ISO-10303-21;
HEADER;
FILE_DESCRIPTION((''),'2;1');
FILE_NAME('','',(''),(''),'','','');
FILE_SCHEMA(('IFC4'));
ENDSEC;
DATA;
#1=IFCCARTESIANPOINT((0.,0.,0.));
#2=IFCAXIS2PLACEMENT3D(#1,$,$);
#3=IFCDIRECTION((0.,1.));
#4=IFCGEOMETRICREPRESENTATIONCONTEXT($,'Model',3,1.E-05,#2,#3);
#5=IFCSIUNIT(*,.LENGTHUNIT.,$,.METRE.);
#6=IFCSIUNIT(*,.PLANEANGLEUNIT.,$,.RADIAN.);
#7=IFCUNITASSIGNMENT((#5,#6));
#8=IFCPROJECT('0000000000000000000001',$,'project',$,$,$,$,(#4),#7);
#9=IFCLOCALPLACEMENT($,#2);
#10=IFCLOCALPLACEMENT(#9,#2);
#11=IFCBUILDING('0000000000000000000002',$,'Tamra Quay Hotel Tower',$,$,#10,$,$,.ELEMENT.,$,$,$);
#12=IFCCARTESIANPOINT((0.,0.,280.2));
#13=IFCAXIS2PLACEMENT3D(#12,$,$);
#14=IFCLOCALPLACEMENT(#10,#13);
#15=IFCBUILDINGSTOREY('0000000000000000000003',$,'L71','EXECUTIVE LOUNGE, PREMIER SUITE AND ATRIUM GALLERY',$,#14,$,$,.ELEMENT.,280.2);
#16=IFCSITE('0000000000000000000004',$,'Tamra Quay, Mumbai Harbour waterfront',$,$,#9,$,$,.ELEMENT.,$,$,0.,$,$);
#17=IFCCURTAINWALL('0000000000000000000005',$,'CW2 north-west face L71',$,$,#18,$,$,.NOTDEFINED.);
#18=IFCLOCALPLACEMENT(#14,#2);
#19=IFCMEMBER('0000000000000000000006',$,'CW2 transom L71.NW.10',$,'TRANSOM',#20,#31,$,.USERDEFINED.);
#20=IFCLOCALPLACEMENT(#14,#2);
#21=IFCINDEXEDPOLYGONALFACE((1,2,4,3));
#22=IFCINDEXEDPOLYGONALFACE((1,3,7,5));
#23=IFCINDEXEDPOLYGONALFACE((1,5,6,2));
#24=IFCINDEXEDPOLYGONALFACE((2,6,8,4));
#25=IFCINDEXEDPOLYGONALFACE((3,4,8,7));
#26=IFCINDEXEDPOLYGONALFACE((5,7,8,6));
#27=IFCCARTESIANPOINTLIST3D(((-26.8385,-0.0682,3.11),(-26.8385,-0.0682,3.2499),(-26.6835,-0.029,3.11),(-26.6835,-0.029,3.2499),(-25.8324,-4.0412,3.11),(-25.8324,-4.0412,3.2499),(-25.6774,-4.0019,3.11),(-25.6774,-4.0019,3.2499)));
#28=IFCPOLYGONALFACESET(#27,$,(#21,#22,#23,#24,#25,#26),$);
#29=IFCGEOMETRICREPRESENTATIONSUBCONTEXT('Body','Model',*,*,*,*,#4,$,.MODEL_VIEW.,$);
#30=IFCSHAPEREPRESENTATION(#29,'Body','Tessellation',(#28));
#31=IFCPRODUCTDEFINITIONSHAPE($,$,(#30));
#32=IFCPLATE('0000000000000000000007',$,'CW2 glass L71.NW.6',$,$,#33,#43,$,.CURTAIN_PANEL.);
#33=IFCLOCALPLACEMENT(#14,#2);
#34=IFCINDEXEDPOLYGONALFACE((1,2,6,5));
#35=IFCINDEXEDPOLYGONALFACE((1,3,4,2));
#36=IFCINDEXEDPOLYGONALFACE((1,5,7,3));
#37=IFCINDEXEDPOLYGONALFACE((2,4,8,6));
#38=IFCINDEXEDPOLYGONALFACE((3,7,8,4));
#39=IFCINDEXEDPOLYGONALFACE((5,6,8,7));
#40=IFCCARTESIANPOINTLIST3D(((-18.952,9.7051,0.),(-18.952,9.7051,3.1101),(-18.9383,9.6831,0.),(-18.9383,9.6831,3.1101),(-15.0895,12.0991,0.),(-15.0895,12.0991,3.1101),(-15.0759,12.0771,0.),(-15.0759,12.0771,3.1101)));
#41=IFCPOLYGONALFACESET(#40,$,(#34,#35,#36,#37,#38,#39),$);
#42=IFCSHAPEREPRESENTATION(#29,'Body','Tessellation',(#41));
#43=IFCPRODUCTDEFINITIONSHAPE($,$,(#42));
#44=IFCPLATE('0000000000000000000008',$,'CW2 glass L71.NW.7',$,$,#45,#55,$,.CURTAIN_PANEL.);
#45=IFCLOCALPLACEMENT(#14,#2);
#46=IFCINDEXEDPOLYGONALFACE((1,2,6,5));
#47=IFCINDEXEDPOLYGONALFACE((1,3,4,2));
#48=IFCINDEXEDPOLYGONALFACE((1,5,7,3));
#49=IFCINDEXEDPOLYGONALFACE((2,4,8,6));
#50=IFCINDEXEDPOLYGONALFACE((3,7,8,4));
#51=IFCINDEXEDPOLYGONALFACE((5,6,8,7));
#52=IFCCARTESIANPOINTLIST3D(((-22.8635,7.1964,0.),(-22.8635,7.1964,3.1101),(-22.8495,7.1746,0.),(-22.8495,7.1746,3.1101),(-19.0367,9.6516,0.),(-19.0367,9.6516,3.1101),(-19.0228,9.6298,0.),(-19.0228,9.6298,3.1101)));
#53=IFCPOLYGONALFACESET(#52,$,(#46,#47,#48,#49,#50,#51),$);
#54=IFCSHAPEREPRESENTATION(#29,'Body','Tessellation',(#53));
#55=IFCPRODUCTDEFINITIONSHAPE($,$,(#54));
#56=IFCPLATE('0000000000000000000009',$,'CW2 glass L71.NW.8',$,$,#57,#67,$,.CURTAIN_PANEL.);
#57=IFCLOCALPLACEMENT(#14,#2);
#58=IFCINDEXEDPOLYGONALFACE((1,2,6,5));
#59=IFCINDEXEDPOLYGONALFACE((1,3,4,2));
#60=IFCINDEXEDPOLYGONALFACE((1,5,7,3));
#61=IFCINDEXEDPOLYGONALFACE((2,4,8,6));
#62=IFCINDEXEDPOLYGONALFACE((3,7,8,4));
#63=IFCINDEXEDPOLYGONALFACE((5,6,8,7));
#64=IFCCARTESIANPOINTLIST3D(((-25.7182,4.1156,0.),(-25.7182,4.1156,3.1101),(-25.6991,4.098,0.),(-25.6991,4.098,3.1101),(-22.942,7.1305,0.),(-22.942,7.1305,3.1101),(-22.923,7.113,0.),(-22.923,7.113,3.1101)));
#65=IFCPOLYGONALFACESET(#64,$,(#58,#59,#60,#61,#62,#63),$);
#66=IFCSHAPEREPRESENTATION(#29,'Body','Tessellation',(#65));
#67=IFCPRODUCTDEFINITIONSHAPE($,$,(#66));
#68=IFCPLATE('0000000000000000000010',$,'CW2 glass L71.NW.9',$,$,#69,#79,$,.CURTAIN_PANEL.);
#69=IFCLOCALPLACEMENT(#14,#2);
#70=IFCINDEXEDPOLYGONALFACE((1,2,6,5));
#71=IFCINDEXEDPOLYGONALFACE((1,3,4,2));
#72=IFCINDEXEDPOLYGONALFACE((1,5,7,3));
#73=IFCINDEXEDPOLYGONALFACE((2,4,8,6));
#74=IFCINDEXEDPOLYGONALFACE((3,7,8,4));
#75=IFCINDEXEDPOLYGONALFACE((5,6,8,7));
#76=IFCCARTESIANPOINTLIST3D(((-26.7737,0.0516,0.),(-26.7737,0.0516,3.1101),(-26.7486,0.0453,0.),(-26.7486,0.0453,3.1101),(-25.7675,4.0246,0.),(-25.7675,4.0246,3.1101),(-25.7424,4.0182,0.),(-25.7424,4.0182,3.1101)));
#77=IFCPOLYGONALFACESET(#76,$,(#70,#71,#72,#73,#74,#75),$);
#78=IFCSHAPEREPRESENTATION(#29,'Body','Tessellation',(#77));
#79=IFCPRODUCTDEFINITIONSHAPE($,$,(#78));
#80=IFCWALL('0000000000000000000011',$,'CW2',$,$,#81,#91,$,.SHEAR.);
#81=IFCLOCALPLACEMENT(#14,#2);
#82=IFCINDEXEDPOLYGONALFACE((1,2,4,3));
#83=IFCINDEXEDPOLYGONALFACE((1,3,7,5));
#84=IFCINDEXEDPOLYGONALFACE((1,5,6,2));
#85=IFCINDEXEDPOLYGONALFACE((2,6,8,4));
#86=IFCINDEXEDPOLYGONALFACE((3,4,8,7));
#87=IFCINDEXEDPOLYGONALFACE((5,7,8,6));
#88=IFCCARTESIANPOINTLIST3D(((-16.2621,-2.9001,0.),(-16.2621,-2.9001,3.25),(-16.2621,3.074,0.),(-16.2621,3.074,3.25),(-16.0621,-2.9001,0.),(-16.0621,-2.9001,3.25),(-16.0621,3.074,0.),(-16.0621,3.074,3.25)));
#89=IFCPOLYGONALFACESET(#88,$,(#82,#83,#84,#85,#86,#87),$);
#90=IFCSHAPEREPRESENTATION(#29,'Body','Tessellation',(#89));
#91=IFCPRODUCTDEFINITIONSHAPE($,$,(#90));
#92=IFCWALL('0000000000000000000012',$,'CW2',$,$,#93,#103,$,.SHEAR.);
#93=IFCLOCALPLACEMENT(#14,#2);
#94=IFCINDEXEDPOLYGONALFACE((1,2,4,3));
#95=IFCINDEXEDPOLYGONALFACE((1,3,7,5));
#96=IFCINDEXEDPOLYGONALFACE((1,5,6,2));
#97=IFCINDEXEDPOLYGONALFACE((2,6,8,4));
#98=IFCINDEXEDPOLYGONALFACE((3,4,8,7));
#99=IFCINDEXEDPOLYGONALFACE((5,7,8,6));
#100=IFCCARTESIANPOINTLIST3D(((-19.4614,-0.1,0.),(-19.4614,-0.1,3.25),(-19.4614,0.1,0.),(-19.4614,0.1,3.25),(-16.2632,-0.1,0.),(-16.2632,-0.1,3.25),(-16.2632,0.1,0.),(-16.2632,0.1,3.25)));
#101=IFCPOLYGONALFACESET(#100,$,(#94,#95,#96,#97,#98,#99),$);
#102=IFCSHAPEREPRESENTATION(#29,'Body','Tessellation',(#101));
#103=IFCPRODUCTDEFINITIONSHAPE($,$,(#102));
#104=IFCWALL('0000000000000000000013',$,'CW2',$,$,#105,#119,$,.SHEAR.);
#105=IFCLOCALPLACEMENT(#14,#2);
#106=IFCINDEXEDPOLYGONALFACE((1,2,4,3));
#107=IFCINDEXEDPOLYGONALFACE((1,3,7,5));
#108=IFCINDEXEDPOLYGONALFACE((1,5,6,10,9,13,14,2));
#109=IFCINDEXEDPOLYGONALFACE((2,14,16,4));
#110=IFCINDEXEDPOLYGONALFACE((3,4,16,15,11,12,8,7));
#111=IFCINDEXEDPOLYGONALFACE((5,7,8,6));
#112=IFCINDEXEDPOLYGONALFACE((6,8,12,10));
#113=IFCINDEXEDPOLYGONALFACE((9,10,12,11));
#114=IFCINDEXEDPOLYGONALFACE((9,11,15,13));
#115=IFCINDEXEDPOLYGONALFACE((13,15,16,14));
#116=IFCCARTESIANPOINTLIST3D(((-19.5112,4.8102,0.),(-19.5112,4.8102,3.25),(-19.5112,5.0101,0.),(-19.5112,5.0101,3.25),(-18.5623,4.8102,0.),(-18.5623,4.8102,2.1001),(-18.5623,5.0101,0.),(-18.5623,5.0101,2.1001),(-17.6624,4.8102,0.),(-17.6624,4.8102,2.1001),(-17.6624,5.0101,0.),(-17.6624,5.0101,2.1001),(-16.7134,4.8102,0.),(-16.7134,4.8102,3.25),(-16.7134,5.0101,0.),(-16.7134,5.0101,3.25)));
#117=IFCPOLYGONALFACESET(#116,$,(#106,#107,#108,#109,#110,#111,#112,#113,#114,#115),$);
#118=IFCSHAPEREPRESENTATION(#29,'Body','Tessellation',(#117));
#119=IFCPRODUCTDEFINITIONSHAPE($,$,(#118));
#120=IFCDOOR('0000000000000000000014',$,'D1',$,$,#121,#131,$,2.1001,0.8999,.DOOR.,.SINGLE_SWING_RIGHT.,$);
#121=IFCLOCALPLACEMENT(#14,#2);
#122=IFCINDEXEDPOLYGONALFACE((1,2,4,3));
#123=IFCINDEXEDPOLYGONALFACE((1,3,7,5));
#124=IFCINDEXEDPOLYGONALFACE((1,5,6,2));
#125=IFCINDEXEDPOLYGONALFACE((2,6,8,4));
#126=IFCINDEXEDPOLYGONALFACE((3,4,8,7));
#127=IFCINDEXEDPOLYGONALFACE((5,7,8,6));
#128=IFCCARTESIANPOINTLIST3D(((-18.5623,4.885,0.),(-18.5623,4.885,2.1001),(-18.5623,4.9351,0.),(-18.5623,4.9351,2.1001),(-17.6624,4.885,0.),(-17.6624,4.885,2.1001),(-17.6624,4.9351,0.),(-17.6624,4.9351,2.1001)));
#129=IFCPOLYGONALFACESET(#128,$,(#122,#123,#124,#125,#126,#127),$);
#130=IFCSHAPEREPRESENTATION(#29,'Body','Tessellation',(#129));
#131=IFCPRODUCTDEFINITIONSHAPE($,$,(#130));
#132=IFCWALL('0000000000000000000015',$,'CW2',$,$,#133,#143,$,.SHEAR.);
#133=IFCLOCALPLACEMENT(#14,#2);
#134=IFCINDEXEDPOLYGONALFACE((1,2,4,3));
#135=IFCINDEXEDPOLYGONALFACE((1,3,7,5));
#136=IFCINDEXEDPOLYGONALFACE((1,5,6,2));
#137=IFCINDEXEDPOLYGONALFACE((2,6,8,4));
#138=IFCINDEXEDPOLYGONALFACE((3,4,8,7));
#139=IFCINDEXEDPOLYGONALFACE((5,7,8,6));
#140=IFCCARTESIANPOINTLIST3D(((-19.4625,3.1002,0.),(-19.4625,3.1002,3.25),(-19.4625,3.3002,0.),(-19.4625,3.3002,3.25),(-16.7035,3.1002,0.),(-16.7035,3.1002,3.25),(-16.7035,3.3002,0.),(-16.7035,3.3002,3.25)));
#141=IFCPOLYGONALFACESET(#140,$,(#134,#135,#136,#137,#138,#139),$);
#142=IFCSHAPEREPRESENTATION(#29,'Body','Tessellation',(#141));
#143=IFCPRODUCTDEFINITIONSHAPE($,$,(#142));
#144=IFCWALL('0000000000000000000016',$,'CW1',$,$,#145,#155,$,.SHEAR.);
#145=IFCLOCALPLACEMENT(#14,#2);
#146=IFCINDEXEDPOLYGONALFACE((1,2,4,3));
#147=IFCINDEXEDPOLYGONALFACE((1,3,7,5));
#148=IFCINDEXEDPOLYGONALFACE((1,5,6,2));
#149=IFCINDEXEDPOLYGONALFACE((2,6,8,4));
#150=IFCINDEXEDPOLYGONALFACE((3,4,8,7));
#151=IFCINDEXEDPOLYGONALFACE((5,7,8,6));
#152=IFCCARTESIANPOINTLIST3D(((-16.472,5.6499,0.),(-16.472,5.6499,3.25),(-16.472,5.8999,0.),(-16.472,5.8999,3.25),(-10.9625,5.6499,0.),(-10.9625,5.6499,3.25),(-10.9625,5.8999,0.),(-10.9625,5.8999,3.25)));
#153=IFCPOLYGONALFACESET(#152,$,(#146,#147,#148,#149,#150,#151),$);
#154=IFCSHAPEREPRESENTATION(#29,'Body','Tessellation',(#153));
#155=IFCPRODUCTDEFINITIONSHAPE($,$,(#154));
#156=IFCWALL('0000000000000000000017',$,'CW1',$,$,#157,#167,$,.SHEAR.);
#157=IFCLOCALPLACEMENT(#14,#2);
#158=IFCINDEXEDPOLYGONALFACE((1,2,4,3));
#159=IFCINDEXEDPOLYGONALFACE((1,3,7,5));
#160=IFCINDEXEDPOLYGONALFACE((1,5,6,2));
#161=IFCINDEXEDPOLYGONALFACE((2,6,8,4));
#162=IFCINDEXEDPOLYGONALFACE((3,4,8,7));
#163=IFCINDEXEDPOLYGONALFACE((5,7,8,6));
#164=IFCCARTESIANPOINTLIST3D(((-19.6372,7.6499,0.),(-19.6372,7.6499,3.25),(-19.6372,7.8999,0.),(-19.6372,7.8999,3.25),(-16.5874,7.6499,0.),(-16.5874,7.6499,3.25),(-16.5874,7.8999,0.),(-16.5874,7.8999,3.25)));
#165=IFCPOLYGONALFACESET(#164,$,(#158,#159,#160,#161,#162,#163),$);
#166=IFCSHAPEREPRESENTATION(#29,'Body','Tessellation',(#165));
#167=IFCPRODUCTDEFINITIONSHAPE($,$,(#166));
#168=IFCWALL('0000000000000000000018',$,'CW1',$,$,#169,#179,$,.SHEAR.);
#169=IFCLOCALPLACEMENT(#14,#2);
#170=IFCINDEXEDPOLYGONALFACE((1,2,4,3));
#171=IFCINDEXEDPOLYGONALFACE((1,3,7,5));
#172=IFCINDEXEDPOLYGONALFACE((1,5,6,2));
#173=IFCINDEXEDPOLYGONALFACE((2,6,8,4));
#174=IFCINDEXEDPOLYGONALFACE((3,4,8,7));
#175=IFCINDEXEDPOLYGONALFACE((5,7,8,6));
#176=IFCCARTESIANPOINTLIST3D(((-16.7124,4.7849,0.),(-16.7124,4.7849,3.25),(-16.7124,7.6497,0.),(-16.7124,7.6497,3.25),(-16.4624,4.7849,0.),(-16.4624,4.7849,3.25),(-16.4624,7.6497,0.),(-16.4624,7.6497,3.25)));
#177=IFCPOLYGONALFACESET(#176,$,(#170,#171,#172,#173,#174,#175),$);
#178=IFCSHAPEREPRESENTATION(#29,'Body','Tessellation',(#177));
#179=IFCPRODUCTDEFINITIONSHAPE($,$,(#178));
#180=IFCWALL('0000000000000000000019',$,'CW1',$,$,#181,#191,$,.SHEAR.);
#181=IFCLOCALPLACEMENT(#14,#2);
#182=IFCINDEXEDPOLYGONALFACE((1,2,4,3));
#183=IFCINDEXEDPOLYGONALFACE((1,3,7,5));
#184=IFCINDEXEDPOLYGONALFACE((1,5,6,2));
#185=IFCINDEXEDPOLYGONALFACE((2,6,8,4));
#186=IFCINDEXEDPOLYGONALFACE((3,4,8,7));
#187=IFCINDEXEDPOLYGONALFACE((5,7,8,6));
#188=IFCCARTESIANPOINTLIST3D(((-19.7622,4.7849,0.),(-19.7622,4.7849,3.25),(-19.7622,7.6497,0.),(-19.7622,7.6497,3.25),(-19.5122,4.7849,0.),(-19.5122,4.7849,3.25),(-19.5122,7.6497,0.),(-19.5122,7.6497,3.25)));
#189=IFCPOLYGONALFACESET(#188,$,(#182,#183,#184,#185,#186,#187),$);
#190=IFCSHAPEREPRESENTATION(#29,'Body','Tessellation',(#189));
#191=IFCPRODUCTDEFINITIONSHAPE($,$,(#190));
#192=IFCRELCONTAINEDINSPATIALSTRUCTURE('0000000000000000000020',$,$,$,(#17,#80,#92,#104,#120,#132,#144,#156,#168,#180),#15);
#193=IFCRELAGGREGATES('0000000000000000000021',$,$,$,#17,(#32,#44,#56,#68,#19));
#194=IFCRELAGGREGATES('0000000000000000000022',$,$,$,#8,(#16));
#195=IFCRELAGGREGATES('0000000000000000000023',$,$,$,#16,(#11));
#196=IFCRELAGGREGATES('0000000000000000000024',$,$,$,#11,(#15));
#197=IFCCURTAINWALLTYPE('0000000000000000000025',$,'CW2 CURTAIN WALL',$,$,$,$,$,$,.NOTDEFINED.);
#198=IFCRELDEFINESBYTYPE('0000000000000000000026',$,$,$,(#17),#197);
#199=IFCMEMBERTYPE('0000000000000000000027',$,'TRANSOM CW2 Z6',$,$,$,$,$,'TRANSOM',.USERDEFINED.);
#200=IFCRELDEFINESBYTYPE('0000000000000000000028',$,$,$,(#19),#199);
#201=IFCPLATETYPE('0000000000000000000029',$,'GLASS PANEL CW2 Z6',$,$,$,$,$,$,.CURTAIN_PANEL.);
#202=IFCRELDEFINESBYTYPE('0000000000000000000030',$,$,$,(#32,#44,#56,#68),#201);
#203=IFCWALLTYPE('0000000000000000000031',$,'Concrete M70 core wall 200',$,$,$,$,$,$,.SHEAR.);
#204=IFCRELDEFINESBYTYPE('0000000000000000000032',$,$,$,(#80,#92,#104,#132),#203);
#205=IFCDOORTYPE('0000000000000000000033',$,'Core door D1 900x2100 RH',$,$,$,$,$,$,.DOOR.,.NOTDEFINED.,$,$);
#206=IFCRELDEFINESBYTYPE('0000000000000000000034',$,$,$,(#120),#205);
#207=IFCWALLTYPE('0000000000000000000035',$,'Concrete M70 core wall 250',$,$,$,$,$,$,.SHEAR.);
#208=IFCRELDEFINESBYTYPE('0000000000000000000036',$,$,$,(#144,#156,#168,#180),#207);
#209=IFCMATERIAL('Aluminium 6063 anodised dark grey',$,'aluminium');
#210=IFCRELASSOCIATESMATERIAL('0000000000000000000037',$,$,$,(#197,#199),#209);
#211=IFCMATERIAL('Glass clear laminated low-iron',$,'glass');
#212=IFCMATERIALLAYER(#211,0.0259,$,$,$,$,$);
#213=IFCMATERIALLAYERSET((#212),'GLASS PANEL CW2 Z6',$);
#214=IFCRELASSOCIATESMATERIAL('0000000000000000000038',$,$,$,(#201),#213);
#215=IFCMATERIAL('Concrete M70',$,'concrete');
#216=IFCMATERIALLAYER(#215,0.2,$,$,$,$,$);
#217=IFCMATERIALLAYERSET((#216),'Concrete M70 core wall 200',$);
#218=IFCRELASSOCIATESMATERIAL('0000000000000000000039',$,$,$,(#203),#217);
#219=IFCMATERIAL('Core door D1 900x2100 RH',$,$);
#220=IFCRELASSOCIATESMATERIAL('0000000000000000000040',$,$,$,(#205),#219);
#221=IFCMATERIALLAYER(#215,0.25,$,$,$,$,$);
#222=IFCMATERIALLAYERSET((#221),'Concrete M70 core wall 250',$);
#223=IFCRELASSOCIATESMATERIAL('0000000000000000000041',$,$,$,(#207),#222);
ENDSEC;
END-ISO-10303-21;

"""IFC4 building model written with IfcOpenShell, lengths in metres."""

from ifc_helpers import new_model, si_unit, direction, frame, frame_2d, origin, origin_2d, place, context, subcontext, project, spatial, rectangle, extrude, material, layer, layer_set, material_profile, profile_set, type_object, element, fill, aggregate, save


model = new_model("IFC4")

# Units and contexts
model_context = context("Model", 3, precision=1e-05, world=origin(), true_north=direction((0.0, 1.0)))
body_context = subcontext(model_context, "Body", "Model", "MODEL_VIEW")
ifc_project = project(units=[si_unit("LENGTHUNIT", "METRE"), si_unit("PLANEANGLEUNIT", "RADIAN")], contexts=[model_context])

# Site, building, storey
site_placement = place(None, origin())
site = spatial("IfcSite", under=ifc_project, at=site_placement, Name="Tamra Quay, Mumbai Harbour waterfront", CompositionType="ELEMENT", RefElevation=0.0)
building_placement = place(site_placement, origin())
building = spatial("IfcBuilding", under=site, at=building_placement, Name="Tamra Quay Hotel Tower", CompositionType="ELEMENT")
storey_placement = place(building_placement, frame((0.0, 0.0, 280.2)))
storey = spatial("IfcBuildingStorey", under=building, at=storey_placement, Name="L71", Description="EXECUTIVE LOUNGE, PREMIER SUITE AND ATRIUM GALLERY", CompositionType="ELEMENT", Elevation=280.2)

# Shared definitions
ifc_material_1 = material(Name="Concrete M70", Category="concrete")

# Curtain wall
ifc_material_2 = material(Name="Aluminium 6063 anodised dark grey", Category="aluminium")
curtain_wall_type = type_object("IfcCurtainWallType", Name="CW2 CURTAIN WALL", PredefinedType="NOTDEFINED", material=ifc_material_2)
curtain_wall_placement = place(storey_placement, origin())
curtain_wall = element("IfcCurtainWall", 1, at=curtain_wall_placement, inside=storey, type_object=curtain_wall_type, Name="CW2 north-west face L71", PredefinedType="NOTDEFINED")

# Member
ifc_material_profile_1 = material_profile(ifc_material_2, rectangle(XDim=0.1599, YDim=0.1399, at=origin_2d()), Name="TRANSOM 160X140")
ifc_profile_set_1 = profile_set([ifc_material_profile_1], Name="Aluminium 6063 anodised dark grey")
member_type_1 = type_object("IfcMemberType", Name="TRANSOM CW2 Z6", ElementType="TRANSOM", PredefinedType="USERDEFINED", material=ifc_profile_set_1)
member_1_placement = place(storey_placement, frame((-26.761, -0.0486, 3.1799), z_axis=(0.245492, -0.969399, 0.0), x_axis=(0.969399, 0.245492, 0.0)))
member_1 = element("IfcMember", 2, at=member_1_placement, type_object=member_type_1, Name="CW2 transom L71.NW.10", ObjectType="TRANSOM", PredefinedType="USERDEFINED", context=body_context, shape_type="SweptSolid", body=[
    extrude(rectangle(XDim=0.1599, YDim=0.1399, at=origin_2d()), origin(), (0.0, 0.0, 1.0), 4.0984),
])

# Plates
ifc_material_3 = material(Name="Glass clear laminated low-iron", Category="glass")
ifc_layer_1 = layer(ifc_material_3, 0.0259)
ifc_layer_set_1 = layer_set([ifc_layer_1], Name="GLASS PANEL CW2 Z6")
plate_type = type_object("IfcPlateType", Name="GLASS PANEL CW2 Z6", PredefinedType="CURTAIN_PANEL", material=ifc_layer_set_1)
plate_1_placement = place(storey_placement, frame((-17.0139, 10.8911, 0.0), z_axis=(0.0, 0.0, 1.0), x_axis=(-0.849982, -0.526812, 0.0)))
plate_1 = element("IfcPlate", 3, at=plate_1_placement, type_object=plate_type, Name="CW2 glass L71.NW.6", PredefinedType="CURTAIN_PANEL", context=body_context, shape_type="SweptSolid", body=[
    extrude(rectangle(XDim=4.5442, YDim=0.0259, at=origin_2d()), origin(), (0.0, 0.0, 1.0), 3.1101),
])
plate_2_placement = place(storey_placement, frame((-20.9431, 8.4131, 0.0), z_axis=(0.0, 0.0, 1.0), x_axis=(-0.841665, -0.54, 0.0)))
plate_2 = element("IfcPlate", 4, at=plate_2_placement, type_object=plate_type, Name="CW2 glass L71.NW.7", PredefinedType="CURTAIN_PANEL", context=body_context, shape_type="SweptSolid", body=[
    extrude(rectangle(XDim=4.5466, YDim=0.0259, at=origin_2d()), origin(), (0.0, 0.0, 1.0), 3.1101),
])
plate_3_placement = place(storey_placement, frame((-24.3206, 5.6143, 0.0), z_axis=(0.0, 0.0, 1.0), x_axis=(-0.677376, -0.735637, 0.0)))
plate_3 = element("IfcPlate", 5, at=plate_3_placement, type_object=plate_type, Name="CW2 glass L71.NW.8", PredefinedType="CURTAIN_PANEL", context=body_context, shape_type="SweptSolid", body=[
    extrude(rectangle(XDim=4.0984, YDim=0.0259, at=origin_2d()), origin(), (0.0, 0.0, 1.0), 3.1101),
])
plate_4_placement = place(storey_placement, frame((-26.2581, 2.0349, 0.0), z_axis=(0.0, 0.0, 1.0), x_axis=(-0.245527, -0.96939, 0.0)))
plate_4 = element("IfcPlate", 6, at=plate_4_placement, type_object=plate_type, Name="CW2 glass L71.NW.9", PredefinedType="CURTAIN_PANEL", context=body_context, shape_type="SweptSolid", body=[
    extrude(rectangle(XDim=4.0984, YDim=0.0259, at=origin_2d()), origin(), (0.0, 0.0, 1.0), 3.1101),
])
aggregate(curtain_wall, [plate_1, plate_2, plate_3, plate_4, member_1])

# Walls
ifc_layer_2 = layer(ifc_material_1, 0.2)
ifc_layer_set_2 = layer_set([ifc_layer_2], Name="Concrete M70 core wall 200")
wall_type_1 = type_object("IfcWallType", Name="Concrete M70 core wall 200", PredefinedType="SHEAR", material=ifc_layer_set_2)
wall_1_placement = place(storey_placement, frame((-16.1621, 3.074, 0.0), z_axis=(0.0, 0.0, 1.0), x_axis=(0.0, -1.0, 0.0)))
element("IfcWall", 7, at=wall_1_placement, inside=storey, type_object=wall_type_1, Name="CW2", PredefinedType="SHEAR", context=body_context, shape_type="SweptSolid", body=[
    extrude(rectangle(XDim=5.9741, YDim=0.2, at=frame_2d((2.9871, 0.0))), origin(), (0.0, 0.0, 1.0), 3.25),
])
wall_2_placement = place(storey_placement, frame((-16.2632, 0.0, 0.0), z_axis=(0.0, 0.0, 1.0), x_axis=(-1.0, 0.0, 0.0)))
element("IfcWall", 8, at=wall_2_placement, inside=storey, type_object=wall_type_1, Name="CW2", PredefinedType="SHEAR", context=body_context, shape_type="SweptSolid", body=[
    extrude(rectangle(XDim=3.1982, YDim=0.2, at=frame_2d((1.5991, 0.0))), origin(), (0.0, 0.0, 1.0), 3.25),
])

# Wall, opening, door
wall_3_placement = place(storey_placement, frame((-19.5112, 4.9102, 0.0), z_axis=(0.0, 0.0, 1.0), x_axis=(1.0, 0.0, 0.0)))
wall_3 = element("IfcWall", 9, at=wall_3_placement, inside=storey, type_object=wall_type_1, Name="CW2", PredefinedType="SHEAR", context=body_context, shape_type="SweptSolid", body=[
    extrude(rectangle(XDim=2.7979, YDim=0.2, at=frame_2d((1.3989, 0.0))), origin(), (0.0, 0.0, 1.0), 3.25),
])
opening_placement = place(wall_3_placement, frame((0.949, 0.0, 0.0)))
opening = element("IfcOpeningElement", 10, at=opening_placement, cuts=wall_3, PredefinedType="OPENING", context=body_context, shape_type="SweptSolid", body=[
    extrude(rectangle(XDim=0.8999, YDim=2.1001, at=frame_2d((0.45, 1.05))), frame((0.0, 0.1099, 0.0), z_axis=(0.0, -1.0, 0.0), x_axis=(1.0, 0.0, 0.0)), (0.0, 0.0, 1.0), 0.22),
])
ifc_material_4 = material(Name="Core door D1 900x2100 RH")
door_type = type_object("IfcDoorType", Name="Core door D1 900x2100 RH", OperationType="NOTDEFINED", PredefinedType="DOOR", material=ifc_material_4)
door_placement = place(opening_placement, origin())
door = element("IfcDoor", 11, at=door_placement, inside=storey, type_object=door_type, Name="D1", OperationType="SINGLE_SWING_RIGHT", OverallHeight=2.1001, OverallWidth=0.8999, PredefinedType="DOOR", context=body_context, shape_type="SweptSolid", body=[
    extrude(rectangle(XDim=0.8999, YDim=2.1001, at=frame_2d((0.45, 1.05))), frame((0.0, 0.0249, 0.0), z_axis=(0.0, -1.0, 0.0), x_axis=(1.0, 0.0, 0.0)), (0.0, 0.0, 1.0), 0.05),
])
fill(opening, door)

# Walls
wall_4_placement = place(storey_placement, frame((-19.4624, 3.2002, 0.0), z_axis=(0.0, 0.0, 1.0), x_axis=(1.0, 0.0, 0.0)))
element("IfcWall", 12, at=wall_4_placement, inside=storey, type_object=wall_type_1, Name="CW2", PredefinedType="SHEAR", context=body_context, shape_type="SweptSolid", body=[
    extrude(rectangle(XDim=2.759, YDim=0.2, at=frame_2d((1.3794, 0.0))), origin(), (0.0, 0.0, 1.0), 3.25),
])
ifc_layer_3 = layer(ifc_material_1, 0.25)
ifc_layer_set_3 = layer_set([ifc_layer_3], Name="Concrete M70 core wall 250")
wall_type_2 = type_object("IfcWallType", Name="Concrete M70 core wall 250", PredefinedType="SHEAR", material=ifc_layer_set_3)
wall_5_placement = place(storey_placement, frame((-16.4722, 5.7749, 0.0), z_axis=(0.0, 0.0, 1.0), x_axis=(1.0, 0.0, 0.0)))
element("IfcWall", 13, at=wall_5_placement, inside=storey, type_object=wall_type_2, Name="CW1", PredefinedType="SHEAR", context=body_context, shape_type="SweptSolid", body=[
    extrude(rectangle(XDim=5.5095, YDim=0.25, at=frame_2d((2.7549, 0.0))), origin(), (0.0, 0.0, 1.0), 3.25),
])
wall_6_placement = place(storey_placement, frame((-19.6372, 7.7749, 0.0), z_axis=(0.0, 0.0, 1.0), x_axis=(1.0, 0.0, 0.0)))
element("IfcWall", 14, at=wall_6_placement, inside=storey, type_object=wall_type_2, Name="CW1", PredefinedType="SHEAR", context=body_context, shape_type="SweptSolid", body=[
    extrude(rectangle(XDim=3.0498, YDim=0.25, at=frame_2d((1.5249, 0.0))), origin(), (0.0, 0.0, 1.0), 3.25),
])
for number, where, z_axis, x_axis, name in (
    (15, (-16.5874, 7.6497, 0.0), (0.0, 0.0, 1.0), (0.0, -1.0, 0.0), "CW1"),
    (16, (-19.6372, 4.7849, 0.0), (0.0, 0.0, 1.0), (0.0, 1.0, 0.0), "CW1"),
):
    element("IfcWall", number, at=place(storey_placement, frame(where, z_axis=z_axis, x_axis=x_axis)), inside=storey, type_object=wall_type_2, Name=name, PredefinedType="SHEAR", context=body_context, shape_type="SweptSolid", body=[
        extrude(rectangle(XDim=2.8647, YDim=0.25, at=frame_2d((1.4324, 0.0))), origin(), (0.0, 0.0, 1.0), 3.25),
    ])

save(model, "model.ifc")
